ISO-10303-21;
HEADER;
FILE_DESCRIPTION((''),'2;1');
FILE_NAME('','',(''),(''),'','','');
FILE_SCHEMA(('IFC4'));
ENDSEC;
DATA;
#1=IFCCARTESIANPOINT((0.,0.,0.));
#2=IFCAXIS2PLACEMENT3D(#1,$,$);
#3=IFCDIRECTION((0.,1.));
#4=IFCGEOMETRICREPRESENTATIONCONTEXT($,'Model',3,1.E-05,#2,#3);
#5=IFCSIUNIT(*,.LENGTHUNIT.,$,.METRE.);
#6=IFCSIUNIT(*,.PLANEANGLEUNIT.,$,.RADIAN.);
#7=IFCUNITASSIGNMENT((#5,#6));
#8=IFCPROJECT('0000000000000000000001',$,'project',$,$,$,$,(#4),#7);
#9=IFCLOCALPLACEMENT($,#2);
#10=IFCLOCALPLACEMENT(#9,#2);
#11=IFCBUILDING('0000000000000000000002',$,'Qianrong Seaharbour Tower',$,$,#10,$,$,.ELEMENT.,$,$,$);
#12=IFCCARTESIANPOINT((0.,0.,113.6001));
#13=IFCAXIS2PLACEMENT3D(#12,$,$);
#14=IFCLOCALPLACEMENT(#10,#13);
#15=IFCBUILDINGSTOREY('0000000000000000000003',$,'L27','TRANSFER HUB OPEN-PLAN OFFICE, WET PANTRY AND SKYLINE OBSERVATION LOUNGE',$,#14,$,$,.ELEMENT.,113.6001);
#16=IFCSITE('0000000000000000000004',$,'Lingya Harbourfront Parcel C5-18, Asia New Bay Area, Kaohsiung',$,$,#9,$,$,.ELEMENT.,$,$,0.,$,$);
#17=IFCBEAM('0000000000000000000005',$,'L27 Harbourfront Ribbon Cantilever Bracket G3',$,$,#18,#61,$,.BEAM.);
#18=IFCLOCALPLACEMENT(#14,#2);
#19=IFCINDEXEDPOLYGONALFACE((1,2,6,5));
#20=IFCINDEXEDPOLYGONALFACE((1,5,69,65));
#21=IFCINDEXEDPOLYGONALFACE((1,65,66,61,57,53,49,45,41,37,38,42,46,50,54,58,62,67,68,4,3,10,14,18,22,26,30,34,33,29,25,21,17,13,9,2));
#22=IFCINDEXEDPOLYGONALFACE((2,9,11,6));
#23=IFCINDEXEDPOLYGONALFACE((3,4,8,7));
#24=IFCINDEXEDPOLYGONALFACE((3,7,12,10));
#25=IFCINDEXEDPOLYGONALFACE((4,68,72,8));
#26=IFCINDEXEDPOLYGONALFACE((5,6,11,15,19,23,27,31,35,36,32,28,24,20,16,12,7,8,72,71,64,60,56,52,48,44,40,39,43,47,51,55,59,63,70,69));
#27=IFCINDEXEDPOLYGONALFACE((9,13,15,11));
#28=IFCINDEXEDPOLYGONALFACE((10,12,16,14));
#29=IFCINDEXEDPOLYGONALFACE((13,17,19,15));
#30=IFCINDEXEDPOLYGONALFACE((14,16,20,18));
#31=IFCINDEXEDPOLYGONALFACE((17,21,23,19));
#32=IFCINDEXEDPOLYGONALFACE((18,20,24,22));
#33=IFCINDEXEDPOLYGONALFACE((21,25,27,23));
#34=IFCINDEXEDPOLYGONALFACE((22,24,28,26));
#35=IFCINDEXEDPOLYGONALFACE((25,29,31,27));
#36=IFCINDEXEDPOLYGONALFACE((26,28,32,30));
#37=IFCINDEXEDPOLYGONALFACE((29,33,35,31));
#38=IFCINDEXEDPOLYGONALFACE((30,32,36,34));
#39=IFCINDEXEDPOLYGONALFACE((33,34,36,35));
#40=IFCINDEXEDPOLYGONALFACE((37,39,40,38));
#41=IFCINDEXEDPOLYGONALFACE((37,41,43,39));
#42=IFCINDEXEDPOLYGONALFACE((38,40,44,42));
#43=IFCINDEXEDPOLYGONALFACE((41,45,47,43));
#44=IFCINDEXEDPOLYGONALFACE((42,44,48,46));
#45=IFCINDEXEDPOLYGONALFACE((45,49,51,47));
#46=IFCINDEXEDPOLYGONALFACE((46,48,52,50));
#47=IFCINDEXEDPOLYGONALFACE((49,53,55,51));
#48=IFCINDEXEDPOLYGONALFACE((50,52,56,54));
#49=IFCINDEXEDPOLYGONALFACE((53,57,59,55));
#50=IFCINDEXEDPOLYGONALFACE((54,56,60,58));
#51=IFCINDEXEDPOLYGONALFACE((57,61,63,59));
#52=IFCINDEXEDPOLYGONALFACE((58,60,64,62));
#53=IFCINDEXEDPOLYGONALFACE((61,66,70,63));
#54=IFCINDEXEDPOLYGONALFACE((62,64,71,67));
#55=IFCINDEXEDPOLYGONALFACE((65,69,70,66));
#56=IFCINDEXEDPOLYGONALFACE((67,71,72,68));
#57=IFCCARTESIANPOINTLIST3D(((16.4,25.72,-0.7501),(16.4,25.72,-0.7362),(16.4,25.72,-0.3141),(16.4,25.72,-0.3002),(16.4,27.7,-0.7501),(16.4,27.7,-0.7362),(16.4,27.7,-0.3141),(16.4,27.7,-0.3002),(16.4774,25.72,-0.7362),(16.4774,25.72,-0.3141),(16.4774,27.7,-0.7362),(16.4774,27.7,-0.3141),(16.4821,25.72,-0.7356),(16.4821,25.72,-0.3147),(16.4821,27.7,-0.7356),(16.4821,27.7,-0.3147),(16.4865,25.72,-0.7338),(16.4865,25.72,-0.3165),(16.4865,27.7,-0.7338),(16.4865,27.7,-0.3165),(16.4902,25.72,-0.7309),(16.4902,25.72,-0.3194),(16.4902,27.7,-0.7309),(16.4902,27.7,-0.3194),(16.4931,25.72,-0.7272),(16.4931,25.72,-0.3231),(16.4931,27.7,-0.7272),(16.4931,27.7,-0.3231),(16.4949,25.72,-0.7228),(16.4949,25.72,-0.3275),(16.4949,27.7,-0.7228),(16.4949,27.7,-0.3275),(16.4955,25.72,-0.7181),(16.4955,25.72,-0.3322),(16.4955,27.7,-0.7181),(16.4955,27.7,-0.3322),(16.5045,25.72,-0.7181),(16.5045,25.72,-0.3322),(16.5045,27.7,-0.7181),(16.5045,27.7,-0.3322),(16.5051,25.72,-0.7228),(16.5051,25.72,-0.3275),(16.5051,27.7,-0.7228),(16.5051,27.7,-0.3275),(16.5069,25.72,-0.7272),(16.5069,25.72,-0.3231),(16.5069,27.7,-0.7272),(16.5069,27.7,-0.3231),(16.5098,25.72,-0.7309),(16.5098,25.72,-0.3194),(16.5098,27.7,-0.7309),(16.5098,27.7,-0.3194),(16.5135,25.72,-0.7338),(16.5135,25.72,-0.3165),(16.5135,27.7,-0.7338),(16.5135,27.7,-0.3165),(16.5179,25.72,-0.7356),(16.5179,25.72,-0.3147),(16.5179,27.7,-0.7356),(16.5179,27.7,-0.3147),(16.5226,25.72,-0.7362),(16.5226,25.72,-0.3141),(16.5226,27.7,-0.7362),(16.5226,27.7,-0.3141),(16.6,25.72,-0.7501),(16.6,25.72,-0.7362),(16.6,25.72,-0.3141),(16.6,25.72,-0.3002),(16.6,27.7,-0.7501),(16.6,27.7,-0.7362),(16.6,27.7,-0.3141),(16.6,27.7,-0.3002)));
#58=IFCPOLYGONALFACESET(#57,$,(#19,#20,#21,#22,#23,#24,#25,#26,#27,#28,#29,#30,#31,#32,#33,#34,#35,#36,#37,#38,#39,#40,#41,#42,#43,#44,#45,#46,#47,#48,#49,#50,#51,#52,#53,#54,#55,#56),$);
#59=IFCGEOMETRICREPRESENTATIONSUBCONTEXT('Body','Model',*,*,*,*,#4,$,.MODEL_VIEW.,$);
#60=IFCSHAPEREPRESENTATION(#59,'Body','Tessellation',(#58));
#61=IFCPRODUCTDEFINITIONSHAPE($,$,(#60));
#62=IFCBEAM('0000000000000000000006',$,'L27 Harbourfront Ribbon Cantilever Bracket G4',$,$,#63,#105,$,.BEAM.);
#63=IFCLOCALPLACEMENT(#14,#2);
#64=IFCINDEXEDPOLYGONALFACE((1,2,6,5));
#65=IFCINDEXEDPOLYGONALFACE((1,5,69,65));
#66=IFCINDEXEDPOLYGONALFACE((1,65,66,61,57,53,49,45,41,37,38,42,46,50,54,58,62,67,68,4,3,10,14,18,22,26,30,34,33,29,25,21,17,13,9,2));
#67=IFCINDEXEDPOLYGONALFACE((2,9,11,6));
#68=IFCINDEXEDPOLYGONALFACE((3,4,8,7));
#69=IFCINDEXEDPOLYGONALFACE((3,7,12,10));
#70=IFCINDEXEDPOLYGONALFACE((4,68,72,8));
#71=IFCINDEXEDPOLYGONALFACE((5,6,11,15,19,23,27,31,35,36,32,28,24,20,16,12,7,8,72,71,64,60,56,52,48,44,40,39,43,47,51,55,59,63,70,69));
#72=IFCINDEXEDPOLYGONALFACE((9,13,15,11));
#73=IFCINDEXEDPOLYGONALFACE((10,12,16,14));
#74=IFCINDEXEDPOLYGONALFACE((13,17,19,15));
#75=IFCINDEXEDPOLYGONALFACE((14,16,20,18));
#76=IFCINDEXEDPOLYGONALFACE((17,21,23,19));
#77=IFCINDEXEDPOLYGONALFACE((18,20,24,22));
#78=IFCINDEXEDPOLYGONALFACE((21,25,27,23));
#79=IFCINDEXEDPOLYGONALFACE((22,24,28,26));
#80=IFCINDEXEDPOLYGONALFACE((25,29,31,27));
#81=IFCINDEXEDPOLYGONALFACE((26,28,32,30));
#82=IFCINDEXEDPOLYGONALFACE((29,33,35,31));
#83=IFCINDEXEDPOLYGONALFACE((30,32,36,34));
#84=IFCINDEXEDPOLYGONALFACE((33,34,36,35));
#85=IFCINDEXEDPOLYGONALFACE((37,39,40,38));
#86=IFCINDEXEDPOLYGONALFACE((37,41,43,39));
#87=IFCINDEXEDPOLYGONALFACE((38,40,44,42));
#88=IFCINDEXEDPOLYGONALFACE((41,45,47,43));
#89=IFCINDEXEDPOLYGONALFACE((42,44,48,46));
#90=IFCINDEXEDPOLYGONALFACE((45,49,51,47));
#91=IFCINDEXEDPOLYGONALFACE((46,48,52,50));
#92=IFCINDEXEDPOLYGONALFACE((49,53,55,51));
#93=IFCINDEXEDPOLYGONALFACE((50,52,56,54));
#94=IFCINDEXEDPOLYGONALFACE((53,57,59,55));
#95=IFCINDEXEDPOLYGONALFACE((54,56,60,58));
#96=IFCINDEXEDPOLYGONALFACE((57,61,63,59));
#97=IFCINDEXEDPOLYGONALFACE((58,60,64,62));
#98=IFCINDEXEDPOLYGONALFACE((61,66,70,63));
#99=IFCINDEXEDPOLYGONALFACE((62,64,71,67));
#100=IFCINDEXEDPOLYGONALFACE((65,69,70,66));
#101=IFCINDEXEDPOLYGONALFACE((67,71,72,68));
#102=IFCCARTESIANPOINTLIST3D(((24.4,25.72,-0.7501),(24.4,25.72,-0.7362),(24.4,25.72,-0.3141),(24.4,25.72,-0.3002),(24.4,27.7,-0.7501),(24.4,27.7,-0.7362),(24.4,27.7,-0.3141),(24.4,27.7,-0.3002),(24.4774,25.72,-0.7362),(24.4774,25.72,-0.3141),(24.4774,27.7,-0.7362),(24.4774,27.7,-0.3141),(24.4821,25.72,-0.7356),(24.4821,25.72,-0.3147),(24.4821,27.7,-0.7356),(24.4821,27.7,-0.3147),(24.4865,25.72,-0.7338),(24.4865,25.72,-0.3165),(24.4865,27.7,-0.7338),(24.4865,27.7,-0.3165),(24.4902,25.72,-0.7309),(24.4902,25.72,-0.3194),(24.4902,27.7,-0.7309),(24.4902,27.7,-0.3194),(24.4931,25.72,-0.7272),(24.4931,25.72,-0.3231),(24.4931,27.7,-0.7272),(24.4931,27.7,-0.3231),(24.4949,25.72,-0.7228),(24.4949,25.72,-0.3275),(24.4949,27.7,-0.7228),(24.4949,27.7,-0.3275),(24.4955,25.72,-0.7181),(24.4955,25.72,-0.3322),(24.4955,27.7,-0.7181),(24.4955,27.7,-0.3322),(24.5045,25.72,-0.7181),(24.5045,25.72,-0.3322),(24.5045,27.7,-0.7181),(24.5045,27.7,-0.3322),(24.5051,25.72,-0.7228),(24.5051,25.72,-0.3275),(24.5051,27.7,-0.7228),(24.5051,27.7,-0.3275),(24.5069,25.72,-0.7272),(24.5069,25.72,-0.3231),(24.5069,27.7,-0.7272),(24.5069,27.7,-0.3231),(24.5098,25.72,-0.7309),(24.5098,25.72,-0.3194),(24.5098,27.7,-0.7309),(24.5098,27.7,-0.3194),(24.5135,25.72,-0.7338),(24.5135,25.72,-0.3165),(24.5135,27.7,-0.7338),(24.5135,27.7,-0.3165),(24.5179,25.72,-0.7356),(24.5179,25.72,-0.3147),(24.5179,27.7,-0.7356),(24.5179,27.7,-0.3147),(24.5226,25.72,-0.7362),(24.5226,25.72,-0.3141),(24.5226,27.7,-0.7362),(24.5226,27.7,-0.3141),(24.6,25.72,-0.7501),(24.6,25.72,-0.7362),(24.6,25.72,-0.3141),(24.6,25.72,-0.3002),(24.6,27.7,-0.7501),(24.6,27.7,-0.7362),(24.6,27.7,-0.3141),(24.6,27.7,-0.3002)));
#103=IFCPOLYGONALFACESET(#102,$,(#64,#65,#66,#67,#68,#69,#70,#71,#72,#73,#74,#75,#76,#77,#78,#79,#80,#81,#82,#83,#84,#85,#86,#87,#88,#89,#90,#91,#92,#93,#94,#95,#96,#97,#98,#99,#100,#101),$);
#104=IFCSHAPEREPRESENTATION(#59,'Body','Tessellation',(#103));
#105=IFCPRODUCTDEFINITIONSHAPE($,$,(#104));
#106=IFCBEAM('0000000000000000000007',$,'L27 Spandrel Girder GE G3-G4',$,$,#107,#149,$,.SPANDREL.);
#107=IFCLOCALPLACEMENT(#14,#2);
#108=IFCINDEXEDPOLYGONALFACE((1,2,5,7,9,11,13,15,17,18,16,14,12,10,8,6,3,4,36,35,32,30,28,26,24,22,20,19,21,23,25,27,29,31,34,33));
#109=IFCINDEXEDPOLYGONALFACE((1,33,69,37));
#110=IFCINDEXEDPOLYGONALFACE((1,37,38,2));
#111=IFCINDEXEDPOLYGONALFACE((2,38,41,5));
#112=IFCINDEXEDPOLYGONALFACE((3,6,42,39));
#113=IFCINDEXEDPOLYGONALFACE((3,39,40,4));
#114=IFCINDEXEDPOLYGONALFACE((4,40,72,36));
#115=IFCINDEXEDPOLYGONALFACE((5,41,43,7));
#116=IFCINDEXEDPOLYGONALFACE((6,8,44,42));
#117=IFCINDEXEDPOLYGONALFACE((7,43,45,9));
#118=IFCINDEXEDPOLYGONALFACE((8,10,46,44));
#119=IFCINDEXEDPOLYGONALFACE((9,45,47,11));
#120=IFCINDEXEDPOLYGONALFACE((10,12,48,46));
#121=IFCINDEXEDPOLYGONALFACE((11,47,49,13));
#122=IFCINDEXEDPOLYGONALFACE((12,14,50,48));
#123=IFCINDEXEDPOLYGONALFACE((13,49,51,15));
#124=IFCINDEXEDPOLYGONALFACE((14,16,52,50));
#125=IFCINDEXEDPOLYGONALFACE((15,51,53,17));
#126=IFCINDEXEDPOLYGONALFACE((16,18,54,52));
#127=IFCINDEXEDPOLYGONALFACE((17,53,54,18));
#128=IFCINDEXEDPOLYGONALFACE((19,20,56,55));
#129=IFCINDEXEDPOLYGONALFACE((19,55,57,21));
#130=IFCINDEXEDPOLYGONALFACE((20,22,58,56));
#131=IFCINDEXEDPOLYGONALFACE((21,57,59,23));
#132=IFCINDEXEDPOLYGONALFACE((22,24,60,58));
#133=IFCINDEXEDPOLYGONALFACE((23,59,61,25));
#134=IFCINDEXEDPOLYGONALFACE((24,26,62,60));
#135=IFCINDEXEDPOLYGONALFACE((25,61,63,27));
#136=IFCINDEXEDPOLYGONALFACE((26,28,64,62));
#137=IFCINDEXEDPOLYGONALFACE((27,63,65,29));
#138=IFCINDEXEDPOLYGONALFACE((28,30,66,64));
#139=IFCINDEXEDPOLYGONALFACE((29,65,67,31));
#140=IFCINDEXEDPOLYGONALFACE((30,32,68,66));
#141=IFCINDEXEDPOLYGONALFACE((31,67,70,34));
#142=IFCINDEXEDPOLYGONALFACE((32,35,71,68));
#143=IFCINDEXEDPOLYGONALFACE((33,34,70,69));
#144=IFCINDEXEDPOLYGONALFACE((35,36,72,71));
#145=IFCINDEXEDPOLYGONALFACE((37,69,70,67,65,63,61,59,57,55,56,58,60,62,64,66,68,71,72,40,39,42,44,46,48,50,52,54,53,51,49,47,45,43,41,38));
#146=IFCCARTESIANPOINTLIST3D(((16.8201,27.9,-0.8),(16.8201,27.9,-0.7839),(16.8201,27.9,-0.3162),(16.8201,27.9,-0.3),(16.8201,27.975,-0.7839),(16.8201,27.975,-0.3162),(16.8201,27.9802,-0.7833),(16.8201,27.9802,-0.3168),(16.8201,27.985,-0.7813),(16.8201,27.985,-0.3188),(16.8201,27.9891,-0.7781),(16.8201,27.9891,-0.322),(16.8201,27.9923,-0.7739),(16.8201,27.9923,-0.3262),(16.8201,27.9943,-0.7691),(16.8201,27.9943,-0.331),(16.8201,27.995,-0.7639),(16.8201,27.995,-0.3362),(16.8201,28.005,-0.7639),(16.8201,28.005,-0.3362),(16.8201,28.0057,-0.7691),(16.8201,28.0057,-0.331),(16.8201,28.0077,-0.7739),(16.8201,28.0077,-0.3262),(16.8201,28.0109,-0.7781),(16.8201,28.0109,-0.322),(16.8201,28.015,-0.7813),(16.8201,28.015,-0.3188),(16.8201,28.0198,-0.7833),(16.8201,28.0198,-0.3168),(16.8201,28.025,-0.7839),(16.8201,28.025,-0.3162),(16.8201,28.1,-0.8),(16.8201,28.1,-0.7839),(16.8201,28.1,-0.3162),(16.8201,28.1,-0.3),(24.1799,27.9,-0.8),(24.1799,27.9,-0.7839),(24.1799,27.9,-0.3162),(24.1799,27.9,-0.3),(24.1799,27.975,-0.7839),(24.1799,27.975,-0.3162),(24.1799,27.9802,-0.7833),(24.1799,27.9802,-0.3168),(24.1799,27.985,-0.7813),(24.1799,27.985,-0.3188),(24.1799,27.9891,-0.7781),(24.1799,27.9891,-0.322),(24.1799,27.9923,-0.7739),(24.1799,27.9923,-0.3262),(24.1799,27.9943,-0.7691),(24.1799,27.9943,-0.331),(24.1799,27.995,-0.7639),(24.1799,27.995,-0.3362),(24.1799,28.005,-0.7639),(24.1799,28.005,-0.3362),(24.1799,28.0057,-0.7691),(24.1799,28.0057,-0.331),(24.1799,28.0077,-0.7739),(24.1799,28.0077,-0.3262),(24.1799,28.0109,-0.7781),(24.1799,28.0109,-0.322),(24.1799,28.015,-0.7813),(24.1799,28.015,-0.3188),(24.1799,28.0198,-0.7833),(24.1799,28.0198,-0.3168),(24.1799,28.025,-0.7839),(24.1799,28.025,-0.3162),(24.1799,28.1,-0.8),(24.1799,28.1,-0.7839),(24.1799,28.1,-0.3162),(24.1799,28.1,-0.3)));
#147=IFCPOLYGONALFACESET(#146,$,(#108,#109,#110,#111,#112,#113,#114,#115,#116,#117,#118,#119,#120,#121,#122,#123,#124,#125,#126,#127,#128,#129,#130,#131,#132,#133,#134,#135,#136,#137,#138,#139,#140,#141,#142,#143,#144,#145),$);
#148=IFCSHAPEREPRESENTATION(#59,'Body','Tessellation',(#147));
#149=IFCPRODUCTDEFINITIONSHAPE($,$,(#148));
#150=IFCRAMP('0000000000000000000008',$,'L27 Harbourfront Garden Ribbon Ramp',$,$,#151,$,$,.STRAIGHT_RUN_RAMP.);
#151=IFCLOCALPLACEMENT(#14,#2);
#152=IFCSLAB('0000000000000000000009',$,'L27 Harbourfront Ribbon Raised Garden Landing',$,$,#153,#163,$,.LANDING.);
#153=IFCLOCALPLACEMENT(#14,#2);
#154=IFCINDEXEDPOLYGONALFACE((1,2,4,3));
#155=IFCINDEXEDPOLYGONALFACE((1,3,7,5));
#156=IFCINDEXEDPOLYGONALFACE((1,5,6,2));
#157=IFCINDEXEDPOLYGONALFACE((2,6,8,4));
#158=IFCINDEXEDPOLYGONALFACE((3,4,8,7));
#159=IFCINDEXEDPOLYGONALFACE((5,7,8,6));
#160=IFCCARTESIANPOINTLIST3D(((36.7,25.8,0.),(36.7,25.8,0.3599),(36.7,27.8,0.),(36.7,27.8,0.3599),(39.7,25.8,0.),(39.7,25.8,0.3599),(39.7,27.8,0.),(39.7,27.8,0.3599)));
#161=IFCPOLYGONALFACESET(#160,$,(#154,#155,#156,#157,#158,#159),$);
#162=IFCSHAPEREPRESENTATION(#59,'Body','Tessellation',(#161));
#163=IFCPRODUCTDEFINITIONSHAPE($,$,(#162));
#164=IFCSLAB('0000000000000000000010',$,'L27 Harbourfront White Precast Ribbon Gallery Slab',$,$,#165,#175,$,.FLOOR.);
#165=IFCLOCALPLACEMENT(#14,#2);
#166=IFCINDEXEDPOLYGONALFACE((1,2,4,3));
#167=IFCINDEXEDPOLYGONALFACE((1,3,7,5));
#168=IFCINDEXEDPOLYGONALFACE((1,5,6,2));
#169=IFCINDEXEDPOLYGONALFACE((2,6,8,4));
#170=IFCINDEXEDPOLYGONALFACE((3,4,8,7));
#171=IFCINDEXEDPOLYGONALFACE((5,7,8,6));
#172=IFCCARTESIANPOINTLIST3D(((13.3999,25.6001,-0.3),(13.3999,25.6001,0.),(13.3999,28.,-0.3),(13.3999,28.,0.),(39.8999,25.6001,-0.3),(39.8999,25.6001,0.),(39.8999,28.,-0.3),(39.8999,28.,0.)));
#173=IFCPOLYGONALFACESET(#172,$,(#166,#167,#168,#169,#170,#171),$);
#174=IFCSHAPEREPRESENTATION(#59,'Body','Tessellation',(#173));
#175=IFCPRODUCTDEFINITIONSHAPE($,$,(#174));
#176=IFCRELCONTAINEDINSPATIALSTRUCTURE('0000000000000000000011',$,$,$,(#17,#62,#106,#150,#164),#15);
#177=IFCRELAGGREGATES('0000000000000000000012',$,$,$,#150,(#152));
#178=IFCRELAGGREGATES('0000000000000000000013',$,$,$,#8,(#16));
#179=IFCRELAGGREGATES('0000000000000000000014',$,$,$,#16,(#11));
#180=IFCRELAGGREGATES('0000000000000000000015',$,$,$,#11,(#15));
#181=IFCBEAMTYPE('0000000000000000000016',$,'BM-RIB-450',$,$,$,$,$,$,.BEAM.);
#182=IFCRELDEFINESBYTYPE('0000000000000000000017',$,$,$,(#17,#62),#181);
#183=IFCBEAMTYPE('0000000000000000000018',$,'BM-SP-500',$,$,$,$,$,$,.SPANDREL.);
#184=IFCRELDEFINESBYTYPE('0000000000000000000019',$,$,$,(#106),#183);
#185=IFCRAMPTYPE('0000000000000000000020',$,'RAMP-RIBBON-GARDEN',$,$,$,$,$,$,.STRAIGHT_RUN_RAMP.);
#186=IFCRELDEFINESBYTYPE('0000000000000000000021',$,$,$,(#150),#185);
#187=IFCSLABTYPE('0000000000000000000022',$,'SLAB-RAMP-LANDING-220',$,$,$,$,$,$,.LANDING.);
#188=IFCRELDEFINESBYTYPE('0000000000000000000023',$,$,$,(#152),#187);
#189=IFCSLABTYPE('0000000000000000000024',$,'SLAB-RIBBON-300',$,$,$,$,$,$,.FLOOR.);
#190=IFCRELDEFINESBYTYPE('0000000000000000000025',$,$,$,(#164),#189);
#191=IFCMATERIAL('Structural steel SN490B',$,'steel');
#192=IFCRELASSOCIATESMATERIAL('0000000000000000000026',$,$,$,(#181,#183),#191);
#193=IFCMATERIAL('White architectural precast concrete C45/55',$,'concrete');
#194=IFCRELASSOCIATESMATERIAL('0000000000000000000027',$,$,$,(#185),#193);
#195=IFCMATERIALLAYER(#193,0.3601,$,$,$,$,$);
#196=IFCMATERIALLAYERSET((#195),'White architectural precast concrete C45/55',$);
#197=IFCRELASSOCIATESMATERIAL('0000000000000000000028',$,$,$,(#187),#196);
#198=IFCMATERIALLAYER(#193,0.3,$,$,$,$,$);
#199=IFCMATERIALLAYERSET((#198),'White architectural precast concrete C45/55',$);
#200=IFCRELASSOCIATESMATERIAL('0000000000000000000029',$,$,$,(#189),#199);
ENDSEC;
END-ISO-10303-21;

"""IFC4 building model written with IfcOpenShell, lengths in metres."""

from ifc_helpers import new_model, si_unit, direction, frame, origin, origin_2d, place, context, subcontext, project, spatial, polyline, i_section, outline, extrude, material, layer, layer_set, material_profile, profile_set, type_object, element, aggregate, save


model = new_model("IFC4")

# Units and contexts
model_context = context("Model", 3, precision=1e-05, world=origin(), true_north=direction((0.0, 1.0)))
body_context = subcontext(model_context, "Body", "Model", "MODEL_VIEW")
ifc_project = project(units=[si_unit("LENGTHUNIT", "METRE"), si_unit("PLANEANGLEUNIT", "RADIAN")], contexts=[model_context])

# Site, building, storey
site_placement = place(None, origin())
site = spatial("IfcSite", under=ifc_project, at=site_placement, Name="Lingya Harbourfront Parcel C5-18, Asia New Bay Area, Kaohsiung", CompositionType="ELEMENT", RefElevation=0.0)
building_placement = place(site_placement, origin())
building = spatial("IfcBuilding", under=site, at=building_placement, Name="Qianrong Seaharbour Tower", CompositionType="ELEMENT")
storey_placement = place(building_placement, frame((0.0, 0.0, 113.6001)))
storey = spatial("IfcBuildingStorey", under=building, at=storey_placement, Name="L27", Description="TRANSFER HUB OPEN-PLAN OFFICE, WET PANTRY AND SKYLINE OBSERVATION LOUNGE", CompositionType="ELEMENT", Elevation=113.6001)

# Shared definitions
ifc_material_1 = material(Name="Structural steel SN490B", Category="steel")

# Beams
ifc_material_profile_1 = material_profile(ifc_material_1, i_section(OverallWidth=0.2, OverallDepth=0.45, WebThickness=0.009, FlangeThickness=0.0139, FilletRadius=0.0181, at=origin_2d()), Name="H450x200x9x14")
ifc_profile_set_1 = profile_set([ifc_material_profile_1], Name="Structural steel SN490B")
beam_type_1 = type_object("IfcBeamType", Name="BM-RIB-450", PredefinedType="BEAM", material=ifc_profile_set_1)
for number, where, z_axis, x_axis, name in (
    (1, (16.5, 27.7, -0.5251), (0.0, -1.0, 0.0), (1.0, 0.0, 0.0), "L27 Harbourfront Ribbon Cantilever Bracket G3"),
    (2, (24.5, 27.7, -0.5251), (0.0, -1.0, 0.0), (1.0, 0.0, 0.0), "L27 Harbourfront Ribbon Cantilever Bracket G4"),
):
    element("IfcBeam", number, at=place(storey_placement, frame(where, z_axis=z_axis, x_axis=x_axis)), inside=storey, type_object=beam_type_1, Name=name, PredefinedType="BEAM", context=body_context, shape_type="SweptSolid", body=[
        extrude(i_section(OverallWidth=0.2, OverallDepth=0.45, WebThickness=0.009, FlangeThickness=0.0139, FilletRadius=0.0181, at=origin_2d()), origin(), (0.0, 0.0, 1.0), 1.98),
    ])
ifc_material_profile_2 = material_profile(ifc_material_1, i_section(OverallWidth=0.2, OverallDepth=0.5, WebThickness=0.01, FlangeThickness=0.0161, FilletRadius=0.02, at=origin_2d()), Name="H500x200x10x16")
ifc_profile_set_2 = profile_set([ifc_material_profile_2], Name="Structural steel SN490B")
beam_type_2 = type_object("IfcBeamType", Name="BM-SP-500", PredefinedType="SPANDREL", material=ifc_profile_set_2)
beam_placement = place(storey_placement, frame((16.8201, 28.0, -0.55), z_axis=(1.0, 0.0, 0.0), x_axis=(0.0, 1.0, 0.0)))
element("IfcBeam", 3, at=beam_placement, inside=storey, type_object=beam_type_2, Name="L27 Spandrel Girder GE G3-G4", PredefinedType="SPANDREL", context=body_context, shape_type="SweptSolid", body=[
    extrude(i_section(OverallWidth=0.2, OverallDepth=0.5, WebThickness=0.01, FlangeThickness=0.0161, FilletRadius=0.02, at=origin_2d()), origin(), (0.0, 0.0, 1.0), 7.3599),
])

# Ramp, slab
ifc_material_2 = material(Name="White architectural precast concrete C45/55", Category="concrete")
ramp_type = type_object("IfcRampType", Name="RAMP-RIBBON-GARDEN", PredefinedType="STRAIGHT_RUN_RAMP", material=ifc_material_2)
ramp_placement = place(storey_placement, origin())
ramp = element("IfcRamp", 4, at=ramp_placement, inside=storey, type_object=ramp_type, Name="L27 Harbourfront Garden Ribbon Ramp", PredefinedType="STRAIGHT_RUN_RAMP")
ifc_layer_1 = layer(ifc_material_2, 0.3601)
ifc_layer_set_1 = layer_set([ifc_layer_1], Name="White architectural precast concrete C45/55")
slab_type_1 = type_object("IfcSlabType", Name="SLAB-RAMP-LANDING-220", PredefinedType="LANDING", material=ifc_layer_set_1)
slab_1_placement = place(storey_placement, origin())
slab_1 = element("IfcSlab", 5, at=slab_1_placement, type_object=slab_type_1, Name="L27 Harbourfront Ribbon Raised Garden Landing", PredefinedType="LANDING", context=body_context, shape_type="SweptSolid", body=[
    extrude(outline(polyline([(36.7, 25.8), (39.7, 25.8), (39.7, 27.8), (36.7, 27.8), (36.7, 25.8)])), origin(), (0.0, 0.0, 1.0), 0.3599),
])
aggregate(ramp, [slab_1])

# Slab
ifc_layer_2 = layer(ifc_material_2, 0.3)
ifc_layer_set_2 = layer_set([ifc_layer_2], Name="White architectural precast concrete C45/55")
slab_type_2 = type_object("IfcSlabType", Name="SLAB-RIBBON-300", PredefinedType="FLOOR", material=ifc_layer_set_2)
slab_2_placement = place(storey_placement, frame((0.0, 0.0, -0.3)))
element("IfcSlab", 6, at=slab_2_placement, inside=storey, type_object=slab_type_2, Name="L27 Harbourfront White Precast Ribbon Gallery Slab", PredefinedType="FLOOR", context=body_context, shape_type="SweptSolid", body=[
    extrude(outline(polyline([(13.3999, 25.6001), (39.8999, 25.6001), (39.8999, 28.0), (13.3999, 28.0), (13.3999, 25.6001)])), origin(), (0.0, 0.0, 1.0), 0.3),
])

save(model, "model.ifc")
